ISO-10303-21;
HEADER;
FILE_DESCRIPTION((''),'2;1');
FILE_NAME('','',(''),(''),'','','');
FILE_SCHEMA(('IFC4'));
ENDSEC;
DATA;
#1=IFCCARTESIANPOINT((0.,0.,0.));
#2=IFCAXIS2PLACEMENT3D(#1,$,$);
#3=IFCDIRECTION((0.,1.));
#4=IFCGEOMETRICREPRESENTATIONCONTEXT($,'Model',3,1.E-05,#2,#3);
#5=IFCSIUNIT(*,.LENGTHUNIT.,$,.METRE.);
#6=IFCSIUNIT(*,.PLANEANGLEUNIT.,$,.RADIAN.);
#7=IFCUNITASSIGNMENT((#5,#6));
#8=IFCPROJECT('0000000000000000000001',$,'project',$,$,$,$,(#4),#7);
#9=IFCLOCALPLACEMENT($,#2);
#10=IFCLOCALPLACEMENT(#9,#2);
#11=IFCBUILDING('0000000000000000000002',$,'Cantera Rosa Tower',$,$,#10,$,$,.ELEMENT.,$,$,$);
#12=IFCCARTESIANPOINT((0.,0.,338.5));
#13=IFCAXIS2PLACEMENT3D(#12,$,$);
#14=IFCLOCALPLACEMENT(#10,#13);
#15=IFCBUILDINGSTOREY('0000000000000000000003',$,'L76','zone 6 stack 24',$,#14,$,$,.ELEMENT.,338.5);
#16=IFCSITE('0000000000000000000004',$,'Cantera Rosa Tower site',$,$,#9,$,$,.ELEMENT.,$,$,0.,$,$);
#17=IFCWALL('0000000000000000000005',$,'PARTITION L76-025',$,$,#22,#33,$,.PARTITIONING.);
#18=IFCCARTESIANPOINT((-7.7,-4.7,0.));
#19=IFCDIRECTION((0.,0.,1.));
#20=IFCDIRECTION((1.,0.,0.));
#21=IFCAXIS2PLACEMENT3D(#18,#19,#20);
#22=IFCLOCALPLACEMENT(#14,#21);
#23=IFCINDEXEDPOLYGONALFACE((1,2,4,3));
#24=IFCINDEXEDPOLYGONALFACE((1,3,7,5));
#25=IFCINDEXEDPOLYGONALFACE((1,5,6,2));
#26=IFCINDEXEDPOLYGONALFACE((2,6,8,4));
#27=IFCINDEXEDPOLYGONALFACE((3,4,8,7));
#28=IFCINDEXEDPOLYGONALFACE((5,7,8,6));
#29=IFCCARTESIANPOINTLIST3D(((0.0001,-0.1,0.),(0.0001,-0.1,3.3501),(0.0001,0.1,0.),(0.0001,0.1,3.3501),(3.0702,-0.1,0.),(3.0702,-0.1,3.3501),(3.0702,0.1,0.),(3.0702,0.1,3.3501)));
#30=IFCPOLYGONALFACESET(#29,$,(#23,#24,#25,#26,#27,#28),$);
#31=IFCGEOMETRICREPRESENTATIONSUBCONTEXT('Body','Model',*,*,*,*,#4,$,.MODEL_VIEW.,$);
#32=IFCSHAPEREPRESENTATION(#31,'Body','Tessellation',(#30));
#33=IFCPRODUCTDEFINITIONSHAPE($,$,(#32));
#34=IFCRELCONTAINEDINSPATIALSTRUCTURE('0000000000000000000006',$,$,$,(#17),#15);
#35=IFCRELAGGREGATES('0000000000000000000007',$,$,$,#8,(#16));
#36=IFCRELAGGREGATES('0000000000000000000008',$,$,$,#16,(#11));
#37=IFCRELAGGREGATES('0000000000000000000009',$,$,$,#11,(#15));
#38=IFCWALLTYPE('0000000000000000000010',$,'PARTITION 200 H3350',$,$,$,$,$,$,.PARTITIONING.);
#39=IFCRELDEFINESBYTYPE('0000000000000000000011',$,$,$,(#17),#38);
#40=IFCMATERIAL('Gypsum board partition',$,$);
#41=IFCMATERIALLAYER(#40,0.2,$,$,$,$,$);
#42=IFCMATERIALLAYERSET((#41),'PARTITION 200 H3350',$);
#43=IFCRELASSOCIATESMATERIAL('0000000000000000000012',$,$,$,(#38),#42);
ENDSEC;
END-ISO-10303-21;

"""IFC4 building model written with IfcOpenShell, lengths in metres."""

from ifc_helpers import new_model, si_unit, direction, frame, frame_2d, origin, place, context, subcontext, project, spatial, rectangle, extrude, material, layer, layer_set, type_object, element, save


model = new_model("IFC4")

# Units and contexts
model_context = context("Model", 3, precision=1e-05, world=origin(), true_north=direction((0.0, 1.0)))
body_context = subcontext(model_context, "Body", "Model", "MODEL_VIEW")
ifc_project = project(units=[si_unit("LENGTHUNIT", "METRE"), si_unit("PLANEANGLEUNIT", "RADIAN")], contexts=[model_context])

# Site, building, storey
site_placement = place(None, origin())
site = spatial("IfcSite", under=ifc_project, at=site_placement, Name="Cantera Rosa Tower site", CompositionType="ELEMENT", RefElevation=0.0)
building_placement = place(site_placement, origin())
building = spatial("IfcBuilding", under=site, at=building_placement, Name="Cantera Rosa Tower", CompositionType="ELEMENT")
storey_placement = place(building_placement, frame((0.0, 0.0, 338.5)))
storey = spatial("IfcBuildingStorey", under=building, at=storey_placement, Name="L76", Description="zone 6 stack 24", CompositionType="ELEMENT", Elevation=338.5)

# Wall
ifc_material_1 = material(Name="Gypsum board partition")
ifc_layer_1 = layer(ifc_material_1, 0.2)
ifc_layer_set_1 = layer_set([ifc_layer_1], Name="PARTITION 200 H3350")
wall_type_1 = type_object("IfcWallType", Name="PARTITION 200 H3350", PredefinedType="PARTITIONING", material=ifc_layer_set_1)
wall_1_placement = place(storey_placement, frame((-7.7, -4.7, 0.0), z_axis=(0.0, 0.0, 1.0), x_axis=(1.0, 0.0, 0.0)))
element("IfcWall", 1, at=wall_1_placement, inside=storey, type_object=wall_type_1, Name="PARTITION L76-025", PredefinedType="PARTITIONING", context=body_context, shape_type="SweptSolid", body=[
    extrude(rectangle(XDim=3.0701, YDim=0.2, at=frame_2d((1.5352, 0.0))), origin(), (0.0, 0.0, 1.0), 3.3501),
])

save(model, "model.ifc")
